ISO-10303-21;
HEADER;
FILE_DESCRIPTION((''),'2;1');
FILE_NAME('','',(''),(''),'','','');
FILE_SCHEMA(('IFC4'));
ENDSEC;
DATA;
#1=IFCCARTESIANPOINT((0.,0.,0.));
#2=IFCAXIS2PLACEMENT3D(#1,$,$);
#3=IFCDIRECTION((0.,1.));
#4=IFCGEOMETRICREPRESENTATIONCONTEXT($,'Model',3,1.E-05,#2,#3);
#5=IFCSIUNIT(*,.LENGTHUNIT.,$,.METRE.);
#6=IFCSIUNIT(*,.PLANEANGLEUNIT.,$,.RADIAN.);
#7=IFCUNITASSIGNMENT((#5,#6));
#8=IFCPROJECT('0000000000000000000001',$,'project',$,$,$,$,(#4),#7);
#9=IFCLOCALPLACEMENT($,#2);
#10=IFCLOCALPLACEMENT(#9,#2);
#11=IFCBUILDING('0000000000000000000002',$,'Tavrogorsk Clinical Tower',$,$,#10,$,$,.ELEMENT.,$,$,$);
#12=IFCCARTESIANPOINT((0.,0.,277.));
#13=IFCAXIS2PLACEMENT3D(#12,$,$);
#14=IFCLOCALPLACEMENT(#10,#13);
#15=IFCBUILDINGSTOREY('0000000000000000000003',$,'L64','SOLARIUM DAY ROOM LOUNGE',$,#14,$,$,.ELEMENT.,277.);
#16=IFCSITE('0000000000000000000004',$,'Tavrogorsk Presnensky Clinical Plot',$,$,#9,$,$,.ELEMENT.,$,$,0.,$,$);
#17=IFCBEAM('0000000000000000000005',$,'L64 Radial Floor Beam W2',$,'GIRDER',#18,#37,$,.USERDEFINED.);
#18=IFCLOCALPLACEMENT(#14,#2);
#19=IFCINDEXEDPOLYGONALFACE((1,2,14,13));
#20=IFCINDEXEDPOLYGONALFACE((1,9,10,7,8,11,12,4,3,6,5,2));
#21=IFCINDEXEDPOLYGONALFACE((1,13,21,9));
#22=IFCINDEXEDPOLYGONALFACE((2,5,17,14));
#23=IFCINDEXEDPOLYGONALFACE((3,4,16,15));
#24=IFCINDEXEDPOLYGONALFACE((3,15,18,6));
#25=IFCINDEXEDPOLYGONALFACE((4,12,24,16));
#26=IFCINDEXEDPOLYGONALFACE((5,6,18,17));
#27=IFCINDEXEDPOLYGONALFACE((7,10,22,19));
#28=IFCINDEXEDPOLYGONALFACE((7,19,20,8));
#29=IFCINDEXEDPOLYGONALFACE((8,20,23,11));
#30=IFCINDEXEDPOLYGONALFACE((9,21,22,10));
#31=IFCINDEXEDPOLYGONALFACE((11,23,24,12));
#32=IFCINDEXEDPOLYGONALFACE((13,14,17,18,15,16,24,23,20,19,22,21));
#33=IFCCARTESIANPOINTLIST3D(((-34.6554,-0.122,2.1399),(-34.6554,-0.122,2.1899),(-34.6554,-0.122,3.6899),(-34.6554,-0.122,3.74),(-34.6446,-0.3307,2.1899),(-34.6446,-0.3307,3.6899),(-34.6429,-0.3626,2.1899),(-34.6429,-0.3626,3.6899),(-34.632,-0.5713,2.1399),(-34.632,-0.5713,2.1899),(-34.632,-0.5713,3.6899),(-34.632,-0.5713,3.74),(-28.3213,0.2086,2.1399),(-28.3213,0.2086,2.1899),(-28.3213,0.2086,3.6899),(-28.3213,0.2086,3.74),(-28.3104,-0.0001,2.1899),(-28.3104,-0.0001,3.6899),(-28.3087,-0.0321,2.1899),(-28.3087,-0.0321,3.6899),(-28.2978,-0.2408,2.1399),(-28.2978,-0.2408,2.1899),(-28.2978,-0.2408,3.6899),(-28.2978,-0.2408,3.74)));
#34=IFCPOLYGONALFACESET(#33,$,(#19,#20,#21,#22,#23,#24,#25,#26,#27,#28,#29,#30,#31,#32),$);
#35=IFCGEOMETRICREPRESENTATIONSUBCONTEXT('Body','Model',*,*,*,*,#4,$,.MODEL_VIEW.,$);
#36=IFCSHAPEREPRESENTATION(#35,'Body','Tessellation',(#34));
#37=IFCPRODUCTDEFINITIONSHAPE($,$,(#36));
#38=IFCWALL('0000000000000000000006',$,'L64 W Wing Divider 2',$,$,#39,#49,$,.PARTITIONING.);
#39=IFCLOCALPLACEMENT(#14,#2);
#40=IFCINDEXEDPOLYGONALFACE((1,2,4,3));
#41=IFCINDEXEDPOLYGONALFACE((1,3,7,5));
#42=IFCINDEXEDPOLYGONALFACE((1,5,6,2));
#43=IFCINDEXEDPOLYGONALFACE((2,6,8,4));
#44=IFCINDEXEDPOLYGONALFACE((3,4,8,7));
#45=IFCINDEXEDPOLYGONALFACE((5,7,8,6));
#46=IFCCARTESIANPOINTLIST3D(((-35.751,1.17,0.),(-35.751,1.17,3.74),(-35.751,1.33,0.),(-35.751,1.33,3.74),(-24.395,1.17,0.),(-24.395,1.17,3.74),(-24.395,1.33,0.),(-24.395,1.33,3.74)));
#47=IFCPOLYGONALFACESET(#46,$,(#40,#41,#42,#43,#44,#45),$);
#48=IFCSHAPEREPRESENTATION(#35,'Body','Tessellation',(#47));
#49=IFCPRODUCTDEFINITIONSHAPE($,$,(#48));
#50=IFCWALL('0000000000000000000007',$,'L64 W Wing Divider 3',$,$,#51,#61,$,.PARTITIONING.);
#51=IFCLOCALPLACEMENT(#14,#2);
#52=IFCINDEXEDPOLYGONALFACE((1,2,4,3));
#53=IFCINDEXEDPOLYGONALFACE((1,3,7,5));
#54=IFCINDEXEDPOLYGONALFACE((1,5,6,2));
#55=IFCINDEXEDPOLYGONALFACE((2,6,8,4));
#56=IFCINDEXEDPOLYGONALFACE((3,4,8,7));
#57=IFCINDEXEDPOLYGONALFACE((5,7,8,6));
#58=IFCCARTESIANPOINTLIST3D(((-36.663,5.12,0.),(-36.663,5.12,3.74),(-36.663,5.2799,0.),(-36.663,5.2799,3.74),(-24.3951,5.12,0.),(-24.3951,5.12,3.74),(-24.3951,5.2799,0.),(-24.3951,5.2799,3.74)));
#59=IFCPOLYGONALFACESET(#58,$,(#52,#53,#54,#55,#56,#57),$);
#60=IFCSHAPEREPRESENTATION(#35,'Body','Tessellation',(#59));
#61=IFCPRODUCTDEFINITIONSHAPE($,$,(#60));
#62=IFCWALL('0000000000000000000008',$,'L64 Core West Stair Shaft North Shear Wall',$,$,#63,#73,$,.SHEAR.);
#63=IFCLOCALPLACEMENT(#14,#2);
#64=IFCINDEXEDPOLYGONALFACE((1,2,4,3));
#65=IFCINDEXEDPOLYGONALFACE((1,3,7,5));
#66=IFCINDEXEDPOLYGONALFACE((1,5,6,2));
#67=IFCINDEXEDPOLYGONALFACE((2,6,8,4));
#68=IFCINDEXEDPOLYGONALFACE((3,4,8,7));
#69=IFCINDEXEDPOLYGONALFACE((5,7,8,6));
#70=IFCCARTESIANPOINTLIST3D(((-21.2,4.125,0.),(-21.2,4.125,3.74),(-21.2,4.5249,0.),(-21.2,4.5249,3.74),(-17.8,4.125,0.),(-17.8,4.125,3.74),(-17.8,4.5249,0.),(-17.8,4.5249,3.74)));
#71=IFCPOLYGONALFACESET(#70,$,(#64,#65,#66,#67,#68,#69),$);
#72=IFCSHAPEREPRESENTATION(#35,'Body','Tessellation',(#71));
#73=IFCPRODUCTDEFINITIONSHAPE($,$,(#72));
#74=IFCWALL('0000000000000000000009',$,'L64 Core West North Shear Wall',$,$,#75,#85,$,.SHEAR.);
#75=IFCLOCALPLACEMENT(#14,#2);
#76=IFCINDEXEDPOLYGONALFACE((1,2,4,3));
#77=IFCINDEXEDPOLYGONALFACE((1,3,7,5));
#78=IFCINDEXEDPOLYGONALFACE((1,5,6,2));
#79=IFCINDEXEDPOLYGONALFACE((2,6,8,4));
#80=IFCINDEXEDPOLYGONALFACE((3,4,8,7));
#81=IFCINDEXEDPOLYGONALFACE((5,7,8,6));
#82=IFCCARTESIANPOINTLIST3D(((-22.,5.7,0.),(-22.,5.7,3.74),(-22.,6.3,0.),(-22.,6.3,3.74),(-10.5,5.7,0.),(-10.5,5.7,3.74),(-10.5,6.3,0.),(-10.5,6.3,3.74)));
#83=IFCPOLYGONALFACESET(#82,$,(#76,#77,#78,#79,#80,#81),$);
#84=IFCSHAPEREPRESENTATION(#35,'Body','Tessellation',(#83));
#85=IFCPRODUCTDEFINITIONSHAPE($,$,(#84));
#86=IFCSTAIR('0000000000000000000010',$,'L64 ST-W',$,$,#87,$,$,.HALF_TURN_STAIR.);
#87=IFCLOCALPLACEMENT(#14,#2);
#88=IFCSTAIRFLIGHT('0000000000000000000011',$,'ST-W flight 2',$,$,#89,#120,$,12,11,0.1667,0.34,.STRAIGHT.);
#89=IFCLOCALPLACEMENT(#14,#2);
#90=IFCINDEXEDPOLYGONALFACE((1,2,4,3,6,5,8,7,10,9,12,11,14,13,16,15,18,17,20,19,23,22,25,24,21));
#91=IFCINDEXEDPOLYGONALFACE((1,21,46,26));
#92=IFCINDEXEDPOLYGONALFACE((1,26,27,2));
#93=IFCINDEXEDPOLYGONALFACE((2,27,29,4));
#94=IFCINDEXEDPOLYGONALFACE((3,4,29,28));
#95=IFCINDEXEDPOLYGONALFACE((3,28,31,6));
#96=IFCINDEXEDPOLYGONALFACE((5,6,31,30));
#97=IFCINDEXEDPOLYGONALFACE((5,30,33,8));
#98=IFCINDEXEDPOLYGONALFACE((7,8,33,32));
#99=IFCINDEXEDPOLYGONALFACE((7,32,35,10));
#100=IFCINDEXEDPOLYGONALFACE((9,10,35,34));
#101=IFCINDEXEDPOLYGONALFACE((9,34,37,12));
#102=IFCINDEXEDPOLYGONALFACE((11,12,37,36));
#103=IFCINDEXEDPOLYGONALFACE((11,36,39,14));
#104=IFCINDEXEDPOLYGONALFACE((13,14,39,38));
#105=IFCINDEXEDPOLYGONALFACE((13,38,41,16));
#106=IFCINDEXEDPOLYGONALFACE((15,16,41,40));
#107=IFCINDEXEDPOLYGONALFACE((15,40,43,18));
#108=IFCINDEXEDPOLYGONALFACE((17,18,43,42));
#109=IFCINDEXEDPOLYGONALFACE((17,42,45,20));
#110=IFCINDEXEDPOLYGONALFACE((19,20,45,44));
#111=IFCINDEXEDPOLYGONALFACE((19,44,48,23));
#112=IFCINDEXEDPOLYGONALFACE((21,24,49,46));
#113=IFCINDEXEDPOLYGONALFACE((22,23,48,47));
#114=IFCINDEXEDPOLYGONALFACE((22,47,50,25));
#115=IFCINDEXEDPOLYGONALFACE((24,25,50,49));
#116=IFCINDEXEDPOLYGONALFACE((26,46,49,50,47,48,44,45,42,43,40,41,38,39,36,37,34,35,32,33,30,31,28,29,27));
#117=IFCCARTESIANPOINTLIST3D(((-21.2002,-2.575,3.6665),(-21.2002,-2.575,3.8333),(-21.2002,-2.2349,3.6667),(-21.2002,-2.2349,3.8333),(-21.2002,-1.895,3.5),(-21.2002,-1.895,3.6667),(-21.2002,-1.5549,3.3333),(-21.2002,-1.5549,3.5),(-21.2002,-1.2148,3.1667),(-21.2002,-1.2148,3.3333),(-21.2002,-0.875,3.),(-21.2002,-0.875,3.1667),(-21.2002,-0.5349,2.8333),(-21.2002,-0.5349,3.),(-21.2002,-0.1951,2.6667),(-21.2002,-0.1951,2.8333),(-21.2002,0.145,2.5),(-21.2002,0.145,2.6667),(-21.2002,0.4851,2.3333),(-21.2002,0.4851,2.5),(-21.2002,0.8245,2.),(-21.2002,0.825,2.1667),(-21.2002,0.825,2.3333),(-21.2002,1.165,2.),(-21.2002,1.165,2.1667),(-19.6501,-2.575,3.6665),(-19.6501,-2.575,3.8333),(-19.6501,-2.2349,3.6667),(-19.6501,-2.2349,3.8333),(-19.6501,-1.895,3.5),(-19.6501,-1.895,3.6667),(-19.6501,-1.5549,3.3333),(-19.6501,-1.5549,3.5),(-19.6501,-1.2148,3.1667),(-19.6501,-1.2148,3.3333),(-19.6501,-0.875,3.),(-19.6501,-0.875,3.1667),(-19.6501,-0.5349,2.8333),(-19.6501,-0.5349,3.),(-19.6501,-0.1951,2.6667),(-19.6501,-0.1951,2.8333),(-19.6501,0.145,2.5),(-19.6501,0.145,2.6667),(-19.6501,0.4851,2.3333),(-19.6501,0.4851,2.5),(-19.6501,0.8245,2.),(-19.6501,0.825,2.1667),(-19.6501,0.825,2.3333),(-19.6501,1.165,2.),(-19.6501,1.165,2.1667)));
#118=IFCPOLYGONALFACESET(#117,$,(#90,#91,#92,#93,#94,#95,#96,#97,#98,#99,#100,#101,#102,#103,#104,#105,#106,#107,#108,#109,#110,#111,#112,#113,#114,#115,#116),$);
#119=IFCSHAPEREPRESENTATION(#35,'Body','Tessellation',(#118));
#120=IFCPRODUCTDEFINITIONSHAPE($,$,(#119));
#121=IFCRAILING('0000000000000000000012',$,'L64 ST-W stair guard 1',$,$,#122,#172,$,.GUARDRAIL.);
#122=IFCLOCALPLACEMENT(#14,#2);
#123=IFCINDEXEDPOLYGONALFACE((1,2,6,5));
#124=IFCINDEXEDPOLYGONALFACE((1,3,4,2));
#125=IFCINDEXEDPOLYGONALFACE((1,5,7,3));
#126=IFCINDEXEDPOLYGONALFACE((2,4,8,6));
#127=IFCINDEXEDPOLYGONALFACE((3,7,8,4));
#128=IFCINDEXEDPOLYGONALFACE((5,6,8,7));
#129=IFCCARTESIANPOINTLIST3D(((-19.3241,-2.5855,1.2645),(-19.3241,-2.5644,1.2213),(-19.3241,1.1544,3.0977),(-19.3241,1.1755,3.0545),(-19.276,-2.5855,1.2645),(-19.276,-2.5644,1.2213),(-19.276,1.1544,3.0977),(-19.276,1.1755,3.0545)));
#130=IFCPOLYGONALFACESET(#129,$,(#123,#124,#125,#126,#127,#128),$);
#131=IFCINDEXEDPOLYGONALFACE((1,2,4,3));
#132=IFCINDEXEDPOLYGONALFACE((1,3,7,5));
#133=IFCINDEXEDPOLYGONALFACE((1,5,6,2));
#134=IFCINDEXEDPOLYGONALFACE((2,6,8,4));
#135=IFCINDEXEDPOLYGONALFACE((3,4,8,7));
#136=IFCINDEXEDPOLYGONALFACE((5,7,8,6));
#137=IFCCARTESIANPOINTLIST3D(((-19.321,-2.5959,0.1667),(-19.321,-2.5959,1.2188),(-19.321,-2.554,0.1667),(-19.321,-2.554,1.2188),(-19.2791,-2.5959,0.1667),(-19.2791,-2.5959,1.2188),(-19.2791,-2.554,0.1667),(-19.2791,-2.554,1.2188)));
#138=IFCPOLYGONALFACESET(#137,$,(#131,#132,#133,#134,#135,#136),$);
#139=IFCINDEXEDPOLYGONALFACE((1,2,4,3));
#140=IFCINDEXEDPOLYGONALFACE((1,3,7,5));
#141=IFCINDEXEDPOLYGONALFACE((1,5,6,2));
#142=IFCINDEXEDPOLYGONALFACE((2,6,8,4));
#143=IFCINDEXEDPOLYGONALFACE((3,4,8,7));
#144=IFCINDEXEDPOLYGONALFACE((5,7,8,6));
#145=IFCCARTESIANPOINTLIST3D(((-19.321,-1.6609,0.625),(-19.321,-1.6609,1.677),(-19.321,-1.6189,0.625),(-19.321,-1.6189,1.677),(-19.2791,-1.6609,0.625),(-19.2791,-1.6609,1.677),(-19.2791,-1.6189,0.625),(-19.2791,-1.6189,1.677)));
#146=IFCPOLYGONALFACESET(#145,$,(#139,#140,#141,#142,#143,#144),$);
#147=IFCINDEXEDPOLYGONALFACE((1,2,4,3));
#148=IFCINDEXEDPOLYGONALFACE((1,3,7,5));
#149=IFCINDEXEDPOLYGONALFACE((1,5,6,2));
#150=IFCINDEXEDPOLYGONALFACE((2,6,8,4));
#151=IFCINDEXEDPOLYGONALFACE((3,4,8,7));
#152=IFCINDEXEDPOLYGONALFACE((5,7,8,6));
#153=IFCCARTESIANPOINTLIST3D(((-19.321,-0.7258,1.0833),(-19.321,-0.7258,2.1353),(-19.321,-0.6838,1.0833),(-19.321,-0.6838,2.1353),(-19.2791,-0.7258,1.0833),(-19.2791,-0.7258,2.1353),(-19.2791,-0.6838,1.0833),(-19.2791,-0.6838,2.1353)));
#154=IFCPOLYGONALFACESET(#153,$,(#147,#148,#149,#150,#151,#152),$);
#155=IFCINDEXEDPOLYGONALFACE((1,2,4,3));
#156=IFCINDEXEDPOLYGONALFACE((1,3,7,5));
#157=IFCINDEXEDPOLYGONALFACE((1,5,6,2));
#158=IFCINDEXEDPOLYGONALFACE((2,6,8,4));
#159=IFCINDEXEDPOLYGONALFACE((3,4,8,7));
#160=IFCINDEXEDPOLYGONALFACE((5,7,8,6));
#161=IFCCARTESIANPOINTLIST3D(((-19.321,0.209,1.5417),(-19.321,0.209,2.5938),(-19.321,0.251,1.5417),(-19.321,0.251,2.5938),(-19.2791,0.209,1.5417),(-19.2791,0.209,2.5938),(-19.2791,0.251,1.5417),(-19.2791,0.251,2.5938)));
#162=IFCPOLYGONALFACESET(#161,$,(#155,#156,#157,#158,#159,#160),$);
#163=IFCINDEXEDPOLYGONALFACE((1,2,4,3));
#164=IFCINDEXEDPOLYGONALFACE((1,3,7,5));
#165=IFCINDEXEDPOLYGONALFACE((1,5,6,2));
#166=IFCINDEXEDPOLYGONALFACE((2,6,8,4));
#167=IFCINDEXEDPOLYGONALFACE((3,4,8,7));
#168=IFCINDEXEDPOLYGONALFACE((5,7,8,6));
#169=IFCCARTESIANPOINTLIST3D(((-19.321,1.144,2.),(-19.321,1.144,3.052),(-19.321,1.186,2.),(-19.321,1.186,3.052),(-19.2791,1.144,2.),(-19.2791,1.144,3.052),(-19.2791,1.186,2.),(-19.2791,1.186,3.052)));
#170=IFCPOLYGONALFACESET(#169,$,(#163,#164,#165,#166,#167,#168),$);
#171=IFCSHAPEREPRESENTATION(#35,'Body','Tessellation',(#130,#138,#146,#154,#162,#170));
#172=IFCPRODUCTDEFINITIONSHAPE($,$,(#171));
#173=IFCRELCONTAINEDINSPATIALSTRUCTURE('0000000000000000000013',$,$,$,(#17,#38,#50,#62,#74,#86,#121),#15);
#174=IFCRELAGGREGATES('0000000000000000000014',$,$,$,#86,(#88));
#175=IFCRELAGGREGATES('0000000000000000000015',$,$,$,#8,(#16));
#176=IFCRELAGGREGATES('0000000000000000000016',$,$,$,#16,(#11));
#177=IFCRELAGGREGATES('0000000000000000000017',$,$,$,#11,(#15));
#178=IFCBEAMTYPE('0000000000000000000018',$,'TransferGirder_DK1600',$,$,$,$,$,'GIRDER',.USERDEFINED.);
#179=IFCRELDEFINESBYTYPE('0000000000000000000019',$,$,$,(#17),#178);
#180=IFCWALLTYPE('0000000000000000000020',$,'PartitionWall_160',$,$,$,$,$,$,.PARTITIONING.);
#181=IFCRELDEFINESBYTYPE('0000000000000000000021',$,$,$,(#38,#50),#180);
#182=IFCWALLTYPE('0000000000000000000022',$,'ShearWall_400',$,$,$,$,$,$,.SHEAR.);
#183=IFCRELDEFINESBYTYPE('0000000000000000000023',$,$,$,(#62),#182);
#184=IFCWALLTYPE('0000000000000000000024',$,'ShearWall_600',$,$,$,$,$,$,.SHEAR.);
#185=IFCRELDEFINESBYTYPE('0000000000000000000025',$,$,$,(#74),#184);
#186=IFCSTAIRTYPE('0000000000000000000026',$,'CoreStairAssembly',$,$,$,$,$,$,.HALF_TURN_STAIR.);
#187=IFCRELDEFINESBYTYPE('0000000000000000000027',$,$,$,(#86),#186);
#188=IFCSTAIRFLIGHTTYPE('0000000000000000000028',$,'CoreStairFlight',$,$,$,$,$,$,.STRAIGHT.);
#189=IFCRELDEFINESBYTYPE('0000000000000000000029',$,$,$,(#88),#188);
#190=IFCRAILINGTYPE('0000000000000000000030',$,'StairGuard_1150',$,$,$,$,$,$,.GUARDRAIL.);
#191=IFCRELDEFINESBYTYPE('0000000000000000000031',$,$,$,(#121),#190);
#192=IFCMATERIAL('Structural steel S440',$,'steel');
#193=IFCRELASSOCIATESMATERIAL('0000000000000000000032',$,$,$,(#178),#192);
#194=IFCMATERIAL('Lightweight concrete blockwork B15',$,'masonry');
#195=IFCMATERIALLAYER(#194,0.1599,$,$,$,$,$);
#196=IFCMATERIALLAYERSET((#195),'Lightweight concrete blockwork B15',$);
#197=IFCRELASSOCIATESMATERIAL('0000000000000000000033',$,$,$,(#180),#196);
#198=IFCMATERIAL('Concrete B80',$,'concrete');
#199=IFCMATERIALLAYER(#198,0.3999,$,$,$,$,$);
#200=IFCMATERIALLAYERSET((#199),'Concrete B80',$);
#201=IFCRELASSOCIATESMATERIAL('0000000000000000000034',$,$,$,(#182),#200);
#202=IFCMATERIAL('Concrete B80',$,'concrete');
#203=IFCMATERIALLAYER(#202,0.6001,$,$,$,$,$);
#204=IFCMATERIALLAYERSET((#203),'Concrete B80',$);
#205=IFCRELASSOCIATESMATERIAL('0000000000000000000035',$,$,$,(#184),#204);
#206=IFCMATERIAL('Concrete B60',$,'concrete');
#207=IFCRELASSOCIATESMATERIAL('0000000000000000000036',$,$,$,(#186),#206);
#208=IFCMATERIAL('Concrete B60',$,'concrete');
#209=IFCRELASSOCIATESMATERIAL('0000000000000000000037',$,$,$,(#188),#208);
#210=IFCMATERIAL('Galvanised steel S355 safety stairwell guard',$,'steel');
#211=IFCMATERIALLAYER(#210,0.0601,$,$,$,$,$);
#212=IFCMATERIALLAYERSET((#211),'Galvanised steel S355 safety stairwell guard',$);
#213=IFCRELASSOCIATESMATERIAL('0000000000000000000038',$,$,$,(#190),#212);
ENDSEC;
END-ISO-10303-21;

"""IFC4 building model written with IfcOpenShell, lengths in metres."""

from ifc_helpers import new_model, si_unit, direction, frame, frame_2d, origin, origin_2d, place, context, subcontext, project, spatial, polyline, rectangle, i_section, outline, extrude, material, layer, layer_set, material_profile, profile_set, type_object, element, aggregate, save


model = new_model("IFC4")

# Units and contexts
model_context = context("Model", 3, precision=1e-05, world=origin(), true_north=direction((0.0, 1.0)))
body_context = subcontext(model_context, "Body", "Model", "MODEL_VIEW")
ifc_project = project(units=[si_unit("LENGTHUNIT", "METRE"), si_unit("PLANEANGLEUNIT", "RADIAN")], contexts=[model_context])

# Site, building, storey
site_placement = place(None, origin())
site = spatial("IfcSite", under=ifc_project, at=site_placement, Name="Tavrogorsk Presnensky Clinical Plot", CompositionType="ELEMENT", RefElevation=0.0)
building_placement = place(site_placement, origin())
building = spatial("IfcBuilding", under=site, at=building_placement, Name="Tavrogorsk Clinical Tower", CompositionType="ELEMENT")
storey_placement = place(building_placement, frame((0.0, 0.0, 277.0)))
storey = spatial("IfcBuildingStorey", under=building, at=storey_placement, Name="L64", Description="SOLARIUM DAY ROOM LOUNGE", CompositionType="ELEMENT", Elevation=277.0)

# Beam
ifc_material_1 = material(Name="Structural steel S440", Category="steel")
ifc_material_profile_1 = material_profile(ifc_material_1, i_section(OverallWidth=0.45, OverallDepth=1.6001, WebThickness=0.032, FlangeThickness=0.05, at=origin_2d()), Name="DK-1600x450x32x50")
ifc_profile_set_1 = profile_set([ifc_material_profile_1], Name="Structural steel S440")
beam_type_1 = type_object("IfcBeamType", Name="TransferGirder_DK1600", ElementType="GIRDER", PredefinedType="USERDEFINED", material=ifc_profile_set_1)
beam_1_placement = place(storey_placement, frame((-28.3096, -0.0161, 2.9399), z_axis=(-0.998641, -0.052116, 0.0), x_axis=(0.052116, -0.998641, 0.0)))
element("IfcBeam", 1, at=beam_1_placement, inside=storey, type_object=beam_type_1, Name="L64 Radial Floor Beam W2", ObjectType="GIRDER", PredefinedType="USERDEFINED", context=body_context, shape_type="SweptSolid", body=[
    extrude(i_section(OverallWidth=0.45, OverallDepth=1.6001, WebThickness=0.032, FlangeThickness=0.05, at=origin_2d()), origin(), (0.0, 0.0, 1.0), 6.3428),
])

# Walls
ifc_material_2 = material(Name="Lightweight concrete blockwork B15", Category="masonry")
ifc_layer_1 = layer(ifc_material_2, 0.1599)
ifc_layer_set_1 = layer_set([ifc_layer_1], Name="Lightweight concrete blockwork B15")
wall_type_1 = type_object("IfcWallType", Name="PartitionWall_160", PredefinedType="PARTITIONING", material=ifc_layer_set_1)
wall_1_placement = place(storey_placement, frame((-35.751, 1.25, 0.0), z_axis=(0.0, 0.0, 1.0), x_axis=(1.0, 0.0, 0.0)))
element("IfcWall", 2, at=wall_1_placement, inside=storey, type_object=wall_type_1, Name="L64 W Wing Divider 2", PredefinedType="PARTITIONING", context=body_context, shape_type="SweptSolid", body=[
    extrude(rectangle(XDim=11.356, YDim=0.1599, at=frame_2d((5.678, 0.0))), origin(), (0.0, 0.0, 1.0), 3.74),
])
wall_2_placement = place(storey_placement, frame((-36.6628, 5.2, 0.0), z_axis=(0.0, 0.0, 1.0), x_axis=(1.0, 0.0, 0.0)))
element("IfcWall", 3, at=wall_2_placement, inside=storey, type_object=wall_type_1, Name="L64 W Wing Divider 3", PredefinedType="PARTITIONING", context=body_context, shape_type="SweptSolid", body=[
    extrude(rectangle(XDim=12.2678, YDim=0.1599, at=frame_2d((6.1338, 0.0))), origin(), (0.0, 0.0, 1.0), 3.74),
])
ifc_material_3 = material(Name="Concrete B80", Category="concrete")
ifc_layer_2 = layer(ifc_material_3, 0.3999)
ifc_layer_set_2 = layer_set([ifc_layer_2], Name="Concrete B80")
wall_type_2 = type_object("IfcWallType", Name="ShearWall_400", PredefinedType="SHEAR", material=ifc_layer_set_2)
wall_3_placement = place(storey_placement, frame((-21.2, 4.325, 0.0), z_axis=(0.0, 0.0, 1.0), x_axis=(1.0, 0.0, 0.0)))
element("IfcWall", 4, at=wall_3_placement, inside=storey, type_object=wall_type_2, Name="L64 Core West Stair Shaft North Shear Wall", PredefinedType="SHEAR", context=body_context, shape_type="SweptSolid", body=[
    extrude(rectangle(XDim=3.3999, YDim=0.3999, at=frame_2d((1.7, 0.0))), origin(), (0.0, 0.0, 1.0), 3.74),
])
ifc_material_4 = material(Name="Concrete B80", Category="concrete")
ifc_layer_3 = layer(ifc_material_4, 0.6001)
ifc_layer_set_3 = layer_set([ifc_layer_3], Name="Concrete B80")
wall_type_3 = type_object("IfcWallType", Name="ShearWall_600", PredefinedType="SHEAR", material=ifc_layer_set_3)
wall_4_placement = place(storey_placement, frame((-22.0, 6.0, 0.0), z_axis=(0.0, 0.0, 1.0), x_axis=(1.0, 0.0, 0.0)))
element("IfcWall", 5, at=wall_4_placement, inside=storey, type_object=wall_type_3, Name="L64 Core West North Shear Wall", PredefinedType="SHEAR", context=body_context, shape_type="SweptSolid", body=[
    extrude(rectangle(XDim=11.5, YDim=0.6001, at=frame_2d((5.75, 0.0))), origin(), (0.0, 0.0, 1.0), 3.74),
])

# Stair, stair flight
ifc_material_5 = material(Name="Concrete B60", Category="concrete")
stair_type = type_object("IfcStairType", Name="CoreStairAssembly", PredefinedType="HALF_TURN_STAIR", material=ifc_material_5)
stair_placement = place(storey_placement, origin())
stair = element("IfcStair", 6, at=stair_placement, inside=storey, type_object=stair_type, Name="L64 ST-W", PredefinedType="HALF_TURN_STAIR")
ifc_material_6 = material(Name="Concrete B60", Category="concrete")
stair_flight_type = type_object("IfcStairFlightType", Name="CoreStairFlight", PredefinedType="STRAIGHT", material=ifc_material_6)
stair_flight_placement = place(storey_placement, frame((-20.425, 1.165, 2.0), z_axis=(0.0, 0.0, 1.0), x_axis=(0.0, -1.0, 0.0)))
stair_flight = element("IfcStairFlight", 7, at=stair_flight_placement, type_object=stair_flight_type, Name="ST-W flight 2", NumberOfRisers=12, NumberOfTreads=11, PredefinedType="STRAIGHT", RiserHeight=0.1667, TreadLength=0.34, context=body_context, shape_type="SweptSolid", body=[
    extrude(outline(polyline([(0.0, 0.0), (0.0, 0.1667), (0.3401, 0.1667), (0.3401, 0.3333), (0.6799, 0.3333), (0.6799, 0.5), (1.02, 0.5), (1.02, 0.6667), (1.3601, 0.6667), (1.3601, 0.8333), (1.7, 0.8333), (1.7, 1.0), (2.04, 1.0), (2.04, 1.1667), (2.3799, 1.1667), (2.3799, 1.3333), (2.72, 1.3333), (2.72, 1.5), (3.0601, 1.5), (3.0601, 1.6667), (3.3999, 1.6667), (3.3999, 1.8333), (3.74, 1.8333), (3.74, 2.0), (3.74, 1.6665), (0.3406, 0.0), (0.0, 0.0)])), frame((0.0, 0.7749, 0.0), z_axis=(0.0, -1.0, 0.0), x_axis=(1.0, 0.0, 0.0)), (0.0, 0.0, 1.0), 1.55),
])
aggregate(stair, [stair_flight])

# Railing
ifc_material_7 = material(Name="Galvanised steel S355 safety stairwell guard", Category="steel")
ifc_layer_4 = layer(ifc_material_7, 0.0601)
ifc_layer_set_4 = layer_set([ifc_layer_4], Name="Galvanised steel S355 safety stairwell guard")
railing_type_1 = type_object("IfcRailingType", Name="StairGuard_1150", PredefinedType="GUARDRAIL", material=ifc_layer_set_4)
railing_1_placement = place(storey_placement, frame((-19.3, -2.575, 0.1667)))
element("IfcRailing", 8, at=railing_1_placement, inside=storey, type_object=railing_type_1, Name="L64 ST-W stair guard 1", PredefinedType="GUARDRAIL", context=body_context, shape_type="SweptSolid", body=[
    extrude(rectangle(XDim=0.0481, YDim=0.0481, at=origin_2d()), frame((0.0, 0.0, 1.0762), z_axis=(0.0, 0.897928, 0.440142), x_axis=(-1.0, 0.0, 0.0)), (0.0, 0.0, 1.0), 4.165),
    extrude(rectangle(XDim=0.042, YDim=0.042, at=origin_2d()), origin(), (0.0, 0.0, 1.0), 1.052),
    extrude(rectangle(XDim=0.042, YDim=0.042, at=origin_2d()), frame((0.0, 0.9351, 0.4583)), (0.0, 0.0, 1.0), 1.052),
    extrude(rectangle(XDim=0.042, YDim=0.042, at=origin_2d()), frame((0.0, 1.8701, 0.9165)), (0.0, 0.0, 1.0), 1.052),
    extrude(rectangle(XDim=0.042, YDim=0.042, at=origin_2d()), frame((0.0, 2.8049, 1.375)), (0.0, 0.0, 1.0), 1.052),
    extrude(rectangle(XDim=0.042, YDim=0.042, at=origin_2d()), frame((0.0, 3.74, 1.8333)), (0.0, 0.0, 1.0), 1.052),
])

save(model, "model.ifc")
